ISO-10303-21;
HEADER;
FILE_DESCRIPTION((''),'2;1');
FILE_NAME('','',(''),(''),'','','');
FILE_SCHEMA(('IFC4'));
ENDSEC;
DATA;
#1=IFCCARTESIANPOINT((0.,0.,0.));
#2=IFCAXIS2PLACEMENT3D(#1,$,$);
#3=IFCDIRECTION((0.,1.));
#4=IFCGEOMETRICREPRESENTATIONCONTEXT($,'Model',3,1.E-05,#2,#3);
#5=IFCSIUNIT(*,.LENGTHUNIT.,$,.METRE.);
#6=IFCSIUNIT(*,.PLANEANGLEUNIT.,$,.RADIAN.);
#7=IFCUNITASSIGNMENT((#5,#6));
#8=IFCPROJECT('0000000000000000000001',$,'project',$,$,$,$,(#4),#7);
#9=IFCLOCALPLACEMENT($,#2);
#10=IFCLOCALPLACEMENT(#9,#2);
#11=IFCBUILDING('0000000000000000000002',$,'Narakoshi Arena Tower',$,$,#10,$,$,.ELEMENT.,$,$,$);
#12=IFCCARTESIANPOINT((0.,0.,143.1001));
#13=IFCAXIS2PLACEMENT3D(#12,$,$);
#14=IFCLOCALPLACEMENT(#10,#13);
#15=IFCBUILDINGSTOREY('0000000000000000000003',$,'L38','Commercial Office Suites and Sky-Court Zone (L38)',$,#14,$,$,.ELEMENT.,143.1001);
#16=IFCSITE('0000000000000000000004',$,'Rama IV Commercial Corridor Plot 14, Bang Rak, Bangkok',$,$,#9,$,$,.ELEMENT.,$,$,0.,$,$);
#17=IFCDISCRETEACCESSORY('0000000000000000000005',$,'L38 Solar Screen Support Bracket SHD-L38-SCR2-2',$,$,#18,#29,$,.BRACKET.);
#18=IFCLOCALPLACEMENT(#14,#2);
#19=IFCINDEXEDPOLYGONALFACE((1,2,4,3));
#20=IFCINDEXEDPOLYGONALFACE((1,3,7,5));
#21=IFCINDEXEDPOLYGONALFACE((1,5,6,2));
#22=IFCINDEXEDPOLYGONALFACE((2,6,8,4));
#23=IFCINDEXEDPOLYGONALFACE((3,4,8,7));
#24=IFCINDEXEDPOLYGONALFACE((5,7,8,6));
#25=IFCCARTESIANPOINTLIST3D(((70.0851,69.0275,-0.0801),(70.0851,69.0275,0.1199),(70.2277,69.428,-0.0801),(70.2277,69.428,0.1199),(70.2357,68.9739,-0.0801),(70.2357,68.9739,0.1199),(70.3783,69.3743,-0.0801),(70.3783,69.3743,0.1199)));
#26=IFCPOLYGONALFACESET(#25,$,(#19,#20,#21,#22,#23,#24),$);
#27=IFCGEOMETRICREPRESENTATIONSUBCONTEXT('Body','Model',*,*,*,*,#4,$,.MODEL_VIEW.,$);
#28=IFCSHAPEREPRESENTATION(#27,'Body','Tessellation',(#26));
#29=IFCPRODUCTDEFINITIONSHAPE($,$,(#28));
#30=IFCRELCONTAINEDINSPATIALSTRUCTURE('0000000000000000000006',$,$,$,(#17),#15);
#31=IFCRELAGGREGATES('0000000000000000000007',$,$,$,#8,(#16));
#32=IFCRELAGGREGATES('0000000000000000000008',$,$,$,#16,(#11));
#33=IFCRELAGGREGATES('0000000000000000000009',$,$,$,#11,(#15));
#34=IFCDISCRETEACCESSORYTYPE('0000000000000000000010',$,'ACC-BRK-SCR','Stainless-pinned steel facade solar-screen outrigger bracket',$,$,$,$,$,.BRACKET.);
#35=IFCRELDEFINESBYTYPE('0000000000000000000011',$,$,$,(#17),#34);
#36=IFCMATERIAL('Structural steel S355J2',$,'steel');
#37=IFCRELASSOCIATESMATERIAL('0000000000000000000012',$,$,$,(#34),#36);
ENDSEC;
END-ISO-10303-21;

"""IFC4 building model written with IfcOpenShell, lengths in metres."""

from ifc_helpers import new_model, si_unit, direction, frame, origin, origin_2d, place, context, subcontext, project, spatial, rectangle, extrude, material, type_object, element, save


model = new_model("IFC4")

# Units and contexts
model_context = context("Model", 3, precision=1e-05, world=origin(), true_north=direction((0.0, 1.0)))
body_context = subcontext(model_context, "Body", "Model", "MODEL_VIEW")
ifc_project = project(units=[si_unit("LENGTHUNIT", "METRE"), si_unit("PLANEANGLEUNIT", "RADIAN")], contexts=[model_context])

# Site, building, storey
site_placement = place(None, origin())
site = spatial("IfcSite", under=ifc_project, at=site_placement, Name="Rama IV Commercial Corridor Plot 14, Bang Rak, Bangkok", CompositionType="ELEMENT", RefElevation=0.0)
building_placement = place(site_placement, origin())
building = spatial("IfcBuilding", under=site, at=building_placement, Name="Narakoshi Arena Tower", CompositionType="ELEMENT")
storey_placement = place(building_placement, frame((0.0, 0.0, 143.1001)))
storey = spatial("IfcBuildingStorey", under=building, at=storey_placement, Name="L38", Description="Commercial Office Suites and Sky-Court Zone (L38)", CompositionType="ELEMENT", Elevation=143.1001)

# Shared definitions
ifc_material_1 = material(Name="Structural steel S355J2", Category="steel")

# Discrete accessory
discrete_accessory_type = type_object("IfcDiscreteAccessoryType", Name="ACC-BRK-SCR", Description="Stainless-pinned steel facade solar-screen outrigger bracket", PredefinedType="BRACKET", material=ifc_material_1)
discrete_accessory_placement = place(storey_placement, frame((70.2317, 69.2009, -0.0801), z_axis=(0.0, 0.0, 1.0), x_axis=(-0.942034, 0.335517, 0.0)))
element("IfcDiscreteAccessory", 1, at=discrete_accessory_placement, inside=storey, type_object=discrete_accessory_type, Name="L38 Solar Screen Support Bracket SHD-L38-SCR2-2", PredefinedType="BRACKET", context=body_context, shape_type="SweptSolid", body=[
    extrude(rectangle(XDim=0.1599, YDim=0.425, at=origin_2d()), origin(), (0.0, 0.0, 1.0), 0.2),
])

save(model, "model.ifc")
